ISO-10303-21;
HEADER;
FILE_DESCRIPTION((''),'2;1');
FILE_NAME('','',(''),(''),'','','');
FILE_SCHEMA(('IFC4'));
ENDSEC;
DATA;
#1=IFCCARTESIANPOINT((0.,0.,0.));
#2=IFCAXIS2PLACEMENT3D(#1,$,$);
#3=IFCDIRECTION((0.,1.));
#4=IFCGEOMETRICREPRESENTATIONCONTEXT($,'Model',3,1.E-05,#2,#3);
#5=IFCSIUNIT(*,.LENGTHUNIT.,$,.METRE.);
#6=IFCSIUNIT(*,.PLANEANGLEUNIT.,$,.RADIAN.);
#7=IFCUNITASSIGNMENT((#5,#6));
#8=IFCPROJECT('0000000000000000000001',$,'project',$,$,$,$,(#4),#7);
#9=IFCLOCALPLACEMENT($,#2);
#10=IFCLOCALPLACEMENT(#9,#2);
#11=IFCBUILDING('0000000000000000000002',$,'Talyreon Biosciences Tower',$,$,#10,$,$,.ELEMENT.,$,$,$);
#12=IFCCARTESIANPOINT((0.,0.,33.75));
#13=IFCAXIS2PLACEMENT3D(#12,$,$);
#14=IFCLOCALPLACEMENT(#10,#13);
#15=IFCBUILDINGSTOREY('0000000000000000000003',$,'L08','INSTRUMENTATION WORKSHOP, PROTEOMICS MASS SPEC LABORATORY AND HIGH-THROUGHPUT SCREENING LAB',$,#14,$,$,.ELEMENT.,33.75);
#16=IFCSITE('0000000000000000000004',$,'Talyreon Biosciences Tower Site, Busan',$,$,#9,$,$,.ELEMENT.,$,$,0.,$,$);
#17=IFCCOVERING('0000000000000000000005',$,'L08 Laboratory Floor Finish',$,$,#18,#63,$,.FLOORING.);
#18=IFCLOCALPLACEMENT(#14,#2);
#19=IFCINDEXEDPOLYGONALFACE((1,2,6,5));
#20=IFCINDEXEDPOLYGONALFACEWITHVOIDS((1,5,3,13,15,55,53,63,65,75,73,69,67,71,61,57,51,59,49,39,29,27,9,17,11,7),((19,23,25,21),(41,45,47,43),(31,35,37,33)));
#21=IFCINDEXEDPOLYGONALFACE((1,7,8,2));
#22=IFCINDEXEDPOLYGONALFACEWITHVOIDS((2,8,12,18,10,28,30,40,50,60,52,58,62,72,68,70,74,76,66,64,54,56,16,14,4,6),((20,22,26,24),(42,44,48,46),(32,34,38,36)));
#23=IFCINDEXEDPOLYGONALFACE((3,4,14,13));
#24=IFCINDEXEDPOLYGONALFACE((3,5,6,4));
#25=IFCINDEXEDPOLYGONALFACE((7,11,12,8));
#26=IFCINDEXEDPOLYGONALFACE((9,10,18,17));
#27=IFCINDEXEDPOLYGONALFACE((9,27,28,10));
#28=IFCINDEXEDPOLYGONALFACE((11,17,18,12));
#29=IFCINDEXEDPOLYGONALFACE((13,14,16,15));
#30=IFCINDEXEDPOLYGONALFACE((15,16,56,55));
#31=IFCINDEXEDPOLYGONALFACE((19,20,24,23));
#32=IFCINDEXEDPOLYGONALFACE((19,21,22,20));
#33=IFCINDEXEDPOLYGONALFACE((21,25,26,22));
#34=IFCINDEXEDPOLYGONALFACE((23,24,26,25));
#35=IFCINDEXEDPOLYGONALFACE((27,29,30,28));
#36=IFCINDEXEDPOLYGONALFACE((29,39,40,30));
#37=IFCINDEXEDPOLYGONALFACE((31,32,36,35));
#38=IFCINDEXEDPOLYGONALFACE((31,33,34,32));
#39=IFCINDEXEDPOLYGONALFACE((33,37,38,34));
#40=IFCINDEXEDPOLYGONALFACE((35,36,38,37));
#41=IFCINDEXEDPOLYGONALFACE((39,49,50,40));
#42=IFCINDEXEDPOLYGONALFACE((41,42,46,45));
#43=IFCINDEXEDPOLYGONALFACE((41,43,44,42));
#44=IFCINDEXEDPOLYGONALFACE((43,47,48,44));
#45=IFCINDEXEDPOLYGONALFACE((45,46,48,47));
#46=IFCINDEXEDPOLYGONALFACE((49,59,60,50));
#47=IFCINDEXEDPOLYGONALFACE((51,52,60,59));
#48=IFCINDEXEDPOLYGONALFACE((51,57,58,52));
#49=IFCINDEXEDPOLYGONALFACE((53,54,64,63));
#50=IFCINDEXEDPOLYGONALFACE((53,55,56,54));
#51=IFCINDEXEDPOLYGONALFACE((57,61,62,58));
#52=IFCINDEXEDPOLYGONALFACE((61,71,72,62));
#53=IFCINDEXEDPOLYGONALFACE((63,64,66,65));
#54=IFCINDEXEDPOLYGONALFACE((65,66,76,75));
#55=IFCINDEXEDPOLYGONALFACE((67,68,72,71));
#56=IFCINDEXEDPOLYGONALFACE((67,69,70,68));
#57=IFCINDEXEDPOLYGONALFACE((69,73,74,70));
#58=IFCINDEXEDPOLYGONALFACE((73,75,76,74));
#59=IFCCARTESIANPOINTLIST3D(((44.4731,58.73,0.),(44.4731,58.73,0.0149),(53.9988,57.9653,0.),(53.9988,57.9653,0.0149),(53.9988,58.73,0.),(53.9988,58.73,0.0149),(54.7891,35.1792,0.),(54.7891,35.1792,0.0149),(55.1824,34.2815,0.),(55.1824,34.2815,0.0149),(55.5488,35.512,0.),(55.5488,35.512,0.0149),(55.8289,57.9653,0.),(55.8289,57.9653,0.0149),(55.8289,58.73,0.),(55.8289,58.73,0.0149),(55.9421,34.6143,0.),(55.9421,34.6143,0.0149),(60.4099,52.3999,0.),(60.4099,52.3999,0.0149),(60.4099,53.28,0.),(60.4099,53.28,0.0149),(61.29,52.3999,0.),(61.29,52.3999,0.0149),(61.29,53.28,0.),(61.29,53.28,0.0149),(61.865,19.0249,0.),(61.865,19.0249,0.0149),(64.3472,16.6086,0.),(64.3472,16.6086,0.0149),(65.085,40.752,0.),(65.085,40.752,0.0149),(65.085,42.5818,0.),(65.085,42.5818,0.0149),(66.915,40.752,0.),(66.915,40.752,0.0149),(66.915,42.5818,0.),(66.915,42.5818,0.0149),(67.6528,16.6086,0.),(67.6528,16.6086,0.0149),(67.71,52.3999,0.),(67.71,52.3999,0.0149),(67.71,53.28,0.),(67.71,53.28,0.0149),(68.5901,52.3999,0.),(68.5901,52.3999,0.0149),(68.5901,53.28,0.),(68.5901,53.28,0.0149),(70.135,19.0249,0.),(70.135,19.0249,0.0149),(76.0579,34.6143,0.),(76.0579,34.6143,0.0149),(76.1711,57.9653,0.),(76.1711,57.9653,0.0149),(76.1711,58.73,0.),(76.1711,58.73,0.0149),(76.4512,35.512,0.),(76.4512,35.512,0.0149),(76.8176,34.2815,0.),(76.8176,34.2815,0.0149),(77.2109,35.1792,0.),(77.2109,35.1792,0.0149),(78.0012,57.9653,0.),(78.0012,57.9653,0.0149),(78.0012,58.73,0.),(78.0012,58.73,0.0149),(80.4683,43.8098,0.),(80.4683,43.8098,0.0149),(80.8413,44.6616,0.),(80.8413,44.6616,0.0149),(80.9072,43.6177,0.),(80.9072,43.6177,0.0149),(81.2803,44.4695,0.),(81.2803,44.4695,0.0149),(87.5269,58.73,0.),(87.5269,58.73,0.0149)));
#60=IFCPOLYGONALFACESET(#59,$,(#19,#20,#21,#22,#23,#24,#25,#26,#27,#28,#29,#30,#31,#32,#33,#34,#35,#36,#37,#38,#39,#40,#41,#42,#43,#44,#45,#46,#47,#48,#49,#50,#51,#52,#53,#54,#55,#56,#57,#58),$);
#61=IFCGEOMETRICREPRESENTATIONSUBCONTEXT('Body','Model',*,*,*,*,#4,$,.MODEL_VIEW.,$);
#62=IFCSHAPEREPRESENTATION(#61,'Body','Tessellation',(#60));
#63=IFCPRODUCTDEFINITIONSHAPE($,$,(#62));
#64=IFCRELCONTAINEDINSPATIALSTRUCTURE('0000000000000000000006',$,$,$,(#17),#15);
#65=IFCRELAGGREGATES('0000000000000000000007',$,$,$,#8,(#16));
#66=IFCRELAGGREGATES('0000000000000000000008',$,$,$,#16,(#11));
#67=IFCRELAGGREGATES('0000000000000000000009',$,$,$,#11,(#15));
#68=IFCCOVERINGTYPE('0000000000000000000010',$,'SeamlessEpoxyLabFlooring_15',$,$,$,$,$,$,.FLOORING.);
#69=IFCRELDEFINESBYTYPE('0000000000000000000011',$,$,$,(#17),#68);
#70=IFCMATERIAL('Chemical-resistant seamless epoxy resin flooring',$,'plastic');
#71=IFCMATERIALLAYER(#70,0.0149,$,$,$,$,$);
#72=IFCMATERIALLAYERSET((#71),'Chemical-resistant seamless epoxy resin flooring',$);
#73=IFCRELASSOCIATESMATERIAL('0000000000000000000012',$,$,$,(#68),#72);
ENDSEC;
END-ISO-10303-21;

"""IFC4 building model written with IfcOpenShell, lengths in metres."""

from ifc_helpers import new_model, si_unit, direction, frame, origin, place, context, subcontext, project, spatial, polyline, outline, extrude, material, layer, layer_set, type_object, element, save


model = new_model("IFC4")

# Units and contexts
model_context = context("Model", 3, precision=1e-05, world=origin(), true_north=direction((0.0, 1.0)))
body_context = subcontext(model_context, "Body", "Model", "MODEL_VIEW")
ifc_project = project(units=[si_unit("LENGTHUNIT", "METRE"), si_unit("PLANEANGLEUNIT", "RADIAN")], contexts=[model_context])

# Site, building, storey
site_placement = place(None, origin())
site = spatial("IfcSite", under=ifc_project, at=site_placement, Name="Talyreon Biosciences Tower Site, Busan", CompositionType="ELEMENT", RefElevation=0.0)
building_placement = place(site_placement, origin())
building = spatial("IfcBuilding", under=site, at=building_placement, Name="Talyreon Biosciences Tower", CompositionType="ELEMENT")
storey_placement = place(building_placement, frame((0.0, 0.0, 33.75)))
storey = spatial("IfcBuildingStorey", under=building, at=storey_placement, Name="L08", Description="INSTRUMENTATION WORKSHOP, PROTEOMICS MASS SPEC LABORATORY AND HIGH-THROUGHPUT SCREENING LAB", CompositionType="ELEMENT", Elevation=33.75)

# Covering
ifc_material_1 = material(Name="Chemical-resistant seamless epoxy resin flooring", Category="plastic")
ifc_layer_1 = layer(ifc_material_1, 0.0149)
ifc_layer_set_1 = layer_set([ifc_layer_1], Name="Chemical-resistant seamless epoxy resin flooring")
covering_type_1 = type_object("IfcCoveringType", Name="SeamlessEpoxyLabFlooring_15", PredefinedType="FLOORING", material=ifc_layer_set_1)
covering_1_placement = place(storey_placement, origin())
element("IfcCovering", 1, at=covering_1_placement, inside=storey, type_object=covering_type_1, Name="L08 Laboratory Floor Finish", PredefinedType="FLOORING", context=body_context, shape_type="SweptSolid", body=[
    extrude(outline(polyline([(53.9988, 58.73), (53.9988, 57.9653), (55.8289, 57.9653), (55.8289, 58.73), (76.1711, 58.73), (76.1711, 57.9653), (78.0012, 57.9653), (78.0012, 58.73), (87.5269, 58.73), (81.2803, 44.4695), (80.8413, 44.6616), (80.4683, 43.8098), (80.9072, 43.6177), (77.2109, 35.1792), (76.4512, 35.512), (76.0579, 34.6143), (76.8176, 34.2815), (70.135, 19.0249), (67.6528, 16.6086), (64.3472, 16.6086), (61.865, 19.0249), (55.1824, 34.2815), (55.9421, 34.6143), (55.5488, 35.512), (54.7891, 35.1792), (44.4731, 58.73), (53.9988, 58.73)]), holes=[polyline([(66.915, 40.752), (66.915, 42.5818), (65.085, 42.5818), (65.085, 40.752), (66.915, 40.752)]), polyline([(61.29, 52.3999), (61.29, 53.28), (60.4099, 53.28), (60.4099, 52.3999), (61.29, 52.3999)]), polyline([(67.71, 52.3999), (68.5901, 52.3999), (68.5901, 53.28), (67.71, 53.28), (67.71, 52.3999)])]), origin(), (0.0, 0.0, 1.0), 0.0149),
])

save(model, "model.ifc")
